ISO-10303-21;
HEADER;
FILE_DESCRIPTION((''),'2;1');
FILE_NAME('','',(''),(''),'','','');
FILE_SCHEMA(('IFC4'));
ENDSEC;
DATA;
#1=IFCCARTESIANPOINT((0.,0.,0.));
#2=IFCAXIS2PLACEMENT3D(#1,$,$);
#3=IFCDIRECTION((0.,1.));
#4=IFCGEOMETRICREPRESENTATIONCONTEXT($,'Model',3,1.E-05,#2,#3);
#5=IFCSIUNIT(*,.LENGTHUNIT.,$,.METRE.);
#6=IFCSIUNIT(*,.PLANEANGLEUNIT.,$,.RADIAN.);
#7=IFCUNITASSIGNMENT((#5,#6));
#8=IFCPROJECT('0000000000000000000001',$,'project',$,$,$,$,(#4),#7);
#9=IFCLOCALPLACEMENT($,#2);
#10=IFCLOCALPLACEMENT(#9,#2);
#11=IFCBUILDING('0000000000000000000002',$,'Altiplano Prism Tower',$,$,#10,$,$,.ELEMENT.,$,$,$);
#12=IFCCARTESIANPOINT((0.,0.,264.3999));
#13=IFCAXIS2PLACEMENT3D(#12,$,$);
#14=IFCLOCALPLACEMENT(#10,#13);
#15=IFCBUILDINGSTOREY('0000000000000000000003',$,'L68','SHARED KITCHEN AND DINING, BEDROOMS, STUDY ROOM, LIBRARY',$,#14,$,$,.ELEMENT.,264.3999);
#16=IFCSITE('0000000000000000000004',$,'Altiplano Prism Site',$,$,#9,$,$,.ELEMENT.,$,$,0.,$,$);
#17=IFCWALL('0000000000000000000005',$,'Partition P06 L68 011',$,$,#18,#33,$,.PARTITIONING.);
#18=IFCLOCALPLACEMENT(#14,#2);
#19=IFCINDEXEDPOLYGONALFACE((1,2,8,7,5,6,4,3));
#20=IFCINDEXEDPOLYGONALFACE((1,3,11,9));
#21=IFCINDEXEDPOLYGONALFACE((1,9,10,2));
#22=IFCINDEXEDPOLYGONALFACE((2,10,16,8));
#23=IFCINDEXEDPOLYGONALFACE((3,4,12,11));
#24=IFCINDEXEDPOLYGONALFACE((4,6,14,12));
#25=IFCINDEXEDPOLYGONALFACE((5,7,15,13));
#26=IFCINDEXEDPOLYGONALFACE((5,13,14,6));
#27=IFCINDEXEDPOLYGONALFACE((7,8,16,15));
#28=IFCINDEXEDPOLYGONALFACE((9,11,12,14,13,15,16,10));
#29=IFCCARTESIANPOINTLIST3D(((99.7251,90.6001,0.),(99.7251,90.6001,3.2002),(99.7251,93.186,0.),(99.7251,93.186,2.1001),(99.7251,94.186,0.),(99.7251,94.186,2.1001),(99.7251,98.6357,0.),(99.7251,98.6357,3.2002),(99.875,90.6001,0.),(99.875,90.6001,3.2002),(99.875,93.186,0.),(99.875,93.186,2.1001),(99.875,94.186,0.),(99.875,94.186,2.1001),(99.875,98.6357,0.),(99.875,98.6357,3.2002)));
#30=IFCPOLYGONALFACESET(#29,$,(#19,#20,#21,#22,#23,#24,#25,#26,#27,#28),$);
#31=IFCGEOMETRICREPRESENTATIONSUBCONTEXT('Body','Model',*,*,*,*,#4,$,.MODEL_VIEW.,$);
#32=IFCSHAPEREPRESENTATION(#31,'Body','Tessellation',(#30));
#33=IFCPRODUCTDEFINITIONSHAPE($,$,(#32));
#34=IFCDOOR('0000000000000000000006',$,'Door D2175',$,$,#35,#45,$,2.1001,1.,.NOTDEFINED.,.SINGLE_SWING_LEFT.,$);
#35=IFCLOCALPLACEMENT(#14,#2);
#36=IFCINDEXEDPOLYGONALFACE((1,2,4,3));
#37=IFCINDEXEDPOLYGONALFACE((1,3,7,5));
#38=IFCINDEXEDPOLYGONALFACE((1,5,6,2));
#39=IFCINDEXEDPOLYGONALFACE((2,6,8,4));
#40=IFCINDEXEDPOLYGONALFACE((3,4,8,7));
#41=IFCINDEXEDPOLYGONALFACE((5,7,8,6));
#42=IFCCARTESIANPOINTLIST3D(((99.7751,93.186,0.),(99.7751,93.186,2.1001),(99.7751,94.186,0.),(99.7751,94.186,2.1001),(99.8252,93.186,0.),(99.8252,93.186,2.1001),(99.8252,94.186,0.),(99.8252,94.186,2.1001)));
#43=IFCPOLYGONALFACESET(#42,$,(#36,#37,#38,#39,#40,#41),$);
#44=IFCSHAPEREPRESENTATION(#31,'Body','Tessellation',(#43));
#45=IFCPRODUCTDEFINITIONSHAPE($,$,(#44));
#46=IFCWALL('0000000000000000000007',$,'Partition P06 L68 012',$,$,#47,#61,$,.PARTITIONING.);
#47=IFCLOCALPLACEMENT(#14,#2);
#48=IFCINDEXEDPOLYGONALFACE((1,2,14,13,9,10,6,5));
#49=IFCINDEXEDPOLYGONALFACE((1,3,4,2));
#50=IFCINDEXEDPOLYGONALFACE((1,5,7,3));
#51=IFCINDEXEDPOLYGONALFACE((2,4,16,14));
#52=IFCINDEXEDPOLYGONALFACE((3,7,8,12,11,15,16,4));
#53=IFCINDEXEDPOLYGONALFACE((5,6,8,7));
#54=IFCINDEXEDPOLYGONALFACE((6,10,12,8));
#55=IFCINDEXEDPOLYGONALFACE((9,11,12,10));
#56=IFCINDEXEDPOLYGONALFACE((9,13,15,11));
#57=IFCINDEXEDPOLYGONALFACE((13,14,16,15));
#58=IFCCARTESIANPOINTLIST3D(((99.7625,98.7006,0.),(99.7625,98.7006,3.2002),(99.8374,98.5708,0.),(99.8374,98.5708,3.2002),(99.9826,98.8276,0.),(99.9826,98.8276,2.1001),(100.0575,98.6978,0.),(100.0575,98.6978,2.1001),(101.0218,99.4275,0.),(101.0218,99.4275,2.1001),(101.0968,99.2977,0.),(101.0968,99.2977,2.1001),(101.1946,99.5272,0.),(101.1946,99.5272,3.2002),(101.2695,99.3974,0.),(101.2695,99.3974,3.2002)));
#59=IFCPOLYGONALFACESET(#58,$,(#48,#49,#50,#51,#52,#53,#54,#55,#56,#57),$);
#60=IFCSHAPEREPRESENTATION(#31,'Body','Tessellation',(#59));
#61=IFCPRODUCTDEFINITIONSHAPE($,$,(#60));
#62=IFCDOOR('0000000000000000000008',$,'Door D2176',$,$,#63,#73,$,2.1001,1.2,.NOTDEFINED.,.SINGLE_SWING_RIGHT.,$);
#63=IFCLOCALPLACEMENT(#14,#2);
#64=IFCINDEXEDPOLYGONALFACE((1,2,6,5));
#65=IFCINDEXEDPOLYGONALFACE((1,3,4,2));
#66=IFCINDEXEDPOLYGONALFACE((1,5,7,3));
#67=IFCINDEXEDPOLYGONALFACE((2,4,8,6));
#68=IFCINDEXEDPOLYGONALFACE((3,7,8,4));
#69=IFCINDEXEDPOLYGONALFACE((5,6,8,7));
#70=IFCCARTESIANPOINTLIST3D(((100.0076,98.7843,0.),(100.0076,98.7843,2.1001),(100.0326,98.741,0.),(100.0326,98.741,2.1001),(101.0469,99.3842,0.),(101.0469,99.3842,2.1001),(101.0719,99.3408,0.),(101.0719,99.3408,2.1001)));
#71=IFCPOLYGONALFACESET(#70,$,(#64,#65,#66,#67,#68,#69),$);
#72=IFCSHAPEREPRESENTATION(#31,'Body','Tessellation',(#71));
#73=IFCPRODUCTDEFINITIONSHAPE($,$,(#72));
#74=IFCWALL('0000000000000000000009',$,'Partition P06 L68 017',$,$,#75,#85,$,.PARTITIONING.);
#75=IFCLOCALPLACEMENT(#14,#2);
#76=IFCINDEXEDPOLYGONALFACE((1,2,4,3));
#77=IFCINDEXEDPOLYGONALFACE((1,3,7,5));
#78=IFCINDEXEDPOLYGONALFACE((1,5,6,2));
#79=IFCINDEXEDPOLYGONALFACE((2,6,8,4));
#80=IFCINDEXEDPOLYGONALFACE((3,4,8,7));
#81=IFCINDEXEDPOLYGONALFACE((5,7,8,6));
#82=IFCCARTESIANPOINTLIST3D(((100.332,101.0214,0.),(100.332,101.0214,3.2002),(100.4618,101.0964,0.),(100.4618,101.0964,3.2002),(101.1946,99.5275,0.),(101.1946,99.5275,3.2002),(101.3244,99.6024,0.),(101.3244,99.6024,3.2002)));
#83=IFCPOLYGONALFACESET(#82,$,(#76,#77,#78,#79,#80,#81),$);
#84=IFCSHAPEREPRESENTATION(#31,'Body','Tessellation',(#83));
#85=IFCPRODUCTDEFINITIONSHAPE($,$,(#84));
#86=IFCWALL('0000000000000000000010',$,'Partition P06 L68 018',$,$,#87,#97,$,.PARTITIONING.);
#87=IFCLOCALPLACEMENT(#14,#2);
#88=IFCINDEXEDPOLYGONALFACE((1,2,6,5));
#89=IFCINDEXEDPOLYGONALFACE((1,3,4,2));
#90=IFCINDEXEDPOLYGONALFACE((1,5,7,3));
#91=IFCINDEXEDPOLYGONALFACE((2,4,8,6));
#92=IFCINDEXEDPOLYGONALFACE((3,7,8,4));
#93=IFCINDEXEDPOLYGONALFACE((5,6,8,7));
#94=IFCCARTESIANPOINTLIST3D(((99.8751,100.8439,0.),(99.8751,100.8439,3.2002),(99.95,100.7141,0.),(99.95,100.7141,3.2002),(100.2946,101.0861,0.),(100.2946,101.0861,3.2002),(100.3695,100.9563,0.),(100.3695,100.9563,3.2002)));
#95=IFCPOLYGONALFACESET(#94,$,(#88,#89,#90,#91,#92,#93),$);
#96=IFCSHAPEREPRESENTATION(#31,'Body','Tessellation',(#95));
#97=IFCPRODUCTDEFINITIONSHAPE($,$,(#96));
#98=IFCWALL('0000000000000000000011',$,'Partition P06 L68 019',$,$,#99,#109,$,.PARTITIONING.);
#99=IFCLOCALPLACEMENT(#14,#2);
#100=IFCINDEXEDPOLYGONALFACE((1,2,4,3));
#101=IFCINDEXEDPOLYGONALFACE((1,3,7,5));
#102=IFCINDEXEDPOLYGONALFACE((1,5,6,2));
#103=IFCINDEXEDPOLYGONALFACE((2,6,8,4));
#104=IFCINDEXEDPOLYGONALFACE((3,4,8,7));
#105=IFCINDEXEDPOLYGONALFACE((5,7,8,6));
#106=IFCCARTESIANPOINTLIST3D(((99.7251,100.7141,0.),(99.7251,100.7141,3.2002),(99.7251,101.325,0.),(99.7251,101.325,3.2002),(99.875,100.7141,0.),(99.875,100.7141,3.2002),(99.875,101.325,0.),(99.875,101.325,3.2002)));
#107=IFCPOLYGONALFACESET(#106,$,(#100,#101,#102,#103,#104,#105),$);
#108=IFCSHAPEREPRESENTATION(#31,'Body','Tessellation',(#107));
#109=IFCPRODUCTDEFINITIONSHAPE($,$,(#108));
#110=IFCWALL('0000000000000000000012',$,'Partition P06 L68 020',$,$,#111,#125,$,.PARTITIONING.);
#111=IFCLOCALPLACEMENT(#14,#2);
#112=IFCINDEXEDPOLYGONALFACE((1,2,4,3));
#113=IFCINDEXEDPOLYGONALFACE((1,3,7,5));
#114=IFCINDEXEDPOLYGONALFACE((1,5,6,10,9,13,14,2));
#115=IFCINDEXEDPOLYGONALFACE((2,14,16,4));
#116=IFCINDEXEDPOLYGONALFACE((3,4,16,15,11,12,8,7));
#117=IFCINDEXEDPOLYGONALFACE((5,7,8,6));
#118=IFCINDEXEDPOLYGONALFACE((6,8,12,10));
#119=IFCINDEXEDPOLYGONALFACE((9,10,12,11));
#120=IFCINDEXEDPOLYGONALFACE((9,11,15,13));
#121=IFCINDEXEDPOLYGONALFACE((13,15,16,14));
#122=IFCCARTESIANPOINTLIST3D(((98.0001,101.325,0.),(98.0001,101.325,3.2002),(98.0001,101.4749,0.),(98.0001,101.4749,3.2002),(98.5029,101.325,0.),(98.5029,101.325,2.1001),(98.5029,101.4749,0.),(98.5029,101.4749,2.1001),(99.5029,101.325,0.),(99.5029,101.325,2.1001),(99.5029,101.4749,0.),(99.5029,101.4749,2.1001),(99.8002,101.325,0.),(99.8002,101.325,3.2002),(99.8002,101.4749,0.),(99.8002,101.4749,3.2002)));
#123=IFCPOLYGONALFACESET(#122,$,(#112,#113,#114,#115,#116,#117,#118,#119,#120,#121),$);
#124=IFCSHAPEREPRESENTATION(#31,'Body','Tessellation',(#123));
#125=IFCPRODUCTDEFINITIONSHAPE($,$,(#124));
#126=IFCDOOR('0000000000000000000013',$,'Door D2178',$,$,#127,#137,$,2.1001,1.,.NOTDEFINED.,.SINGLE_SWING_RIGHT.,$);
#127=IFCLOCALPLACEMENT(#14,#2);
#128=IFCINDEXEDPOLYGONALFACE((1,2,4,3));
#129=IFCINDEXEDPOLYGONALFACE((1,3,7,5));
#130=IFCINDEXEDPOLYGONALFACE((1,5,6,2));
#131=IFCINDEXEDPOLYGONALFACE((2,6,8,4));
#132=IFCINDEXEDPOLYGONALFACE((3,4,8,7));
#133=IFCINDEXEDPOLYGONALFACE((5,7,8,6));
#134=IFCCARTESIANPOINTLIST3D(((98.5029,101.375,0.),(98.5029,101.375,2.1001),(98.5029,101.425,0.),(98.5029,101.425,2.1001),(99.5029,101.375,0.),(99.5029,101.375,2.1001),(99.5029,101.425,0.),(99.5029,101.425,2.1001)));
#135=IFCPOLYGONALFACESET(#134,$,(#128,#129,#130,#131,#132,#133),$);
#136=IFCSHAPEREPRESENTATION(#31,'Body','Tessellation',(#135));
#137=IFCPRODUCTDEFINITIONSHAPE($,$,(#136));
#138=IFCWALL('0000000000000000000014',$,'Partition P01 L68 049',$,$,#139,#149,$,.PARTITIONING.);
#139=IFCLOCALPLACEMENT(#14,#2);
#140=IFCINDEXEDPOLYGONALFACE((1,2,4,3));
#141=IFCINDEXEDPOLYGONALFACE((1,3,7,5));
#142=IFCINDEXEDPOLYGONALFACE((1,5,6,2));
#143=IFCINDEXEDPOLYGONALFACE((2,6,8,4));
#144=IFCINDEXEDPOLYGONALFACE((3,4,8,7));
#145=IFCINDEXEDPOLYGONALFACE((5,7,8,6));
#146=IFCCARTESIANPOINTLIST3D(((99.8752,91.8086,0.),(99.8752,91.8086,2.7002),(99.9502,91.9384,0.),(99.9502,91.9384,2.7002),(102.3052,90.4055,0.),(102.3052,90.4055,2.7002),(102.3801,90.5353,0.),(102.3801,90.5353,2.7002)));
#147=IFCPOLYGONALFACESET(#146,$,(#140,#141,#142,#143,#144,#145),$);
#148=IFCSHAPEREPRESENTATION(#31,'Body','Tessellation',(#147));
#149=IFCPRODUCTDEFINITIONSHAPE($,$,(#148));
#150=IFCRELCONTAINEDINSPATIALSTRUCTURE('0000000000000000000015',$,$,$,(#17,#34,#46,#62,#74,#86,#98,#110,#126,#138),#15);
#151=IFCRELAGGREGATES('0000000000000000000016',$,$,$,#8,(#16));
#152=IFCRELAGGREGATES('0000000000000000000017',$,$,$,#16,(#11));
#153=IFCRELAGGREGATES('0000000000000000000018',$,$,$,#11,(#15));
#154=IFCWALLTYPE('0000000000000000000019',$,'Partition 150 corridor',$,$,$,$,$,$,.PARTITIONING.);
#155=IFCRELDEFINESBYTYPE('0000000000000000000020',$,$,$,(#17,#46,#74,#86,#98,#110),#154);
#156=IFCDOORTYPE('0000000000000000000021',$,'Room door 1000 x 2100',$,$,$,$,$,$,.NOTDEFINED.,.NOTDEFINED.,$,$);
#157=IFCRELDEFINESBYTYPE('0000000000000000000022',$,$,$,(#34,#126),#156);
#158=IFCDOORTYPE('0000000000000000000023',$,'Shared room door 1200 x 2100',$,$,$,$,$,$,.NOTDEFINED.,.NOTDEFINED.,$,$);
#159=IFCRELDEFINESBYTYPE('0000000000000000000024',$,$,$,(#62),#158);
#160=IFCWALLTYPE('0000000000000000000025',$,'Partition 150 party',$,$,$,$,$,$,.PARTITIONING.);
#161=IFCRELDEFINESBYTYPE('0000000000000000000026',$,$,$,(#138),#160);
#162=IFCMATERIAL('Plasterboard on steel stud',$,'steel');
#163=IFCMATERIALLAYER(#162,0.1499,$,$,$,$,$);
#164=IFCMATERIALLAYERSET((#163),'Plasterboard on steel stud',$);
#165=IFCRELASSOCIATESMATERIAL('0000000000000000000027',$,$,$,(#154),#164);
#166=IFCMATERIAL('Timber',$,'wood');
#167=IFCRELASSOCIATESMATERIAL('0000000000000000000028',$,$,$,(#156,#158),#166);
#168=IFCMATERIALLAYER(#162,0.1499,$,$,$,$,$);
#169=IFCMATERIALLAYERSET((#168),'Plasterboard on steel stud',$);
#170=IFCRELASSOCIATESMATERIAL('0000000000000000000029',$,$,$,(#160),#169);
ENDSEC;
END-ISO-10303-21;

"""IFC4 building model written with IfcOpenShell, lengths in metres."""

from ifc_helpers import new_model, si_unit, direction, frame, frame_2d, origin, place, context, subcontext, project, spatial, rectangle, extrude, material, layer, layer_set, type_object, element, fill, save


model = new_model("IFC4")

# Units and contexts
model_context = context("Model", 3, precision=1e-05, world=origin(), true_north=direction((0.0, 1.0)))
body_context = subcontext(model_context, "Body", "Model", "MODEL_VIEW")
ifc_project = project(units=[si_unit("LENGTHUNIT", "METRE"), si_unit("PLANEANGLEUNIT", "RADIAN")], contexts=[model_context])

# Site, building, storey
site_placement = place(None, origin())
site = spatial("IfcSite", under=ifc_project, at=site_placement, Name="Altiplano Prism Site", CompositionType="ELEMENT", RefElevation=0.0)
building_placement = place(site_placement, origin())
building = spatial("IfcBuilding", under=site, at=building_placement, Name="Altiplano Prism Tower", CompositionType="ELEMENT")
storey_placement = place(building_placement, frame((0.0, 0.0, 264.3999)))
storey = spatial("IfcBuildingStorey", under=building, at=storey_placement, Name="L68", Description="SHARED KITCHEN AND DINING, BEDROOMS, STUDY ROOM, LIBRARY", CompositionType="ELEMENT", Elevation=264.3999)

# Shared definitions
ifc_material_1 = material(Name="Plasterboard on steel stud", Category="steel")
ifc_material_2 = material(Name="Timber", Category="wood")

# Walls, openings, doors
ifc_layer_1 = layer(ifc_material_1, 0.1499)
ifc_layer_set_1 = layer_set([ifc_layer_1], Name="Plasterboard on steel stud")
wall_type_1 = type_object("IfcWallType", Name="Partition 150 corridor", PredefinedType="PARTITIONING", material=ifc_layer_set_1)
wall_1_placement = place(storey_placement, frame((99.8, 90.6001, 0.0), z_axis=(0.0, 0.0, 1.0), x_axis=(0.0, 1.0, 0.0)))
wall_1 = element("IfcWall", 1, at=wall_1_placement, inside=storey, type_object=wall_type_1, Name="Partition P06 L68 011", PredefinedType="PARTITIONING", context=body_context, shape_type="SweptSolid", body=[
    extrude(rectangle(XDim=8.0356, YDim=0.1499, at=frame_2d((4.0178, 0.0))), origin(), (0.0, 0.0, 1.0), 3.2002),
])
opening_1_placement = place(wall_1_placement, frame((2.5859, 0.0, 0.0)))
opening_1 = element("IfcOpeningElement", 2, at=opening_1_placement, cuts=wall_1, PredefinedType="OPENING", context=body_context, shape_type="SweptSolid", body=[
    extrude(rectangle(XDim=1.0, YDim=2.1001, at=frame_2d((0.5, 1.05))), frame((0.0, 0.0854, 0.0), z_axis=(0.0, -1.0, 0.0), x_axis=(1.0, 0.0, 0.0)), (0.0, 0.0, 1.0), 0.1709),
])
door_type_1 = type_object("IfcDoorType", Name="Room door 1000 x 2100", OperationType="NOTDEFINED", PredefinedType="NOTDEFINED", material=ifc_material_2)
door_1_placement = place(opening_1_placement, origin())
door_1 = element("IfcDoor", 3, at=door_1_placement, inside=storey, type_object=door_type_1, Name="Door D2175", OperationType="SINGLE_SWING_LEFT", OverallHeight=2.1001, OverallWidth=1.0, PredefinedType="NOTDEFINED", context=body_context, shape_type="SweptSolid", body=[
    extrude(rectangle(XDim=1.0, YDim=2.1001, at=frame_2d((0.5, 1.05))), frame((0.0, 0.0249, 0.0), z_axis=(0.0, -1.0, 0.0), x_axis=(1.0, 0.0, 0.0)), (0.0, 0.0, 1.0), 0.05),
])
fill(opening_1, door_1)
wall_2_placement = place(storey_placement, frame((99.8, 98.6357, 0.0), z_axis=(0.0, 0.0, 1.0), x_axis=(0.866072, 0.499918, 0.0)))
wall_2 = element("IfcWall", 4, at=wall_2_placement, inside=storey, type_object=wall_type_1, Name="Partition P06 L68 012", PredefinedType="PARTITIONING", context=body_context, shape_type="SweptSolid", body=[
    extrude(rectangle(XDim=1.6536, YDim=0.1499, at=frame_2d((0.8267, 0.0))), origin(), (0.0, 0.0, 1.0), 3.2002),
])
opening_2_placement = place(wall_2_placement, frame((0.2539, 0.0, 0.0)))
opening_2 = element("IfcOpeningElement", 5, at=opening_2_placement, cuts=wall_2, PredefinedType="OPENING", context=body_context, shape_type="SweptSolid", body=[
    extrude(rectangle(XDim=1.2, YDim=2.1001, at=frame_2d((0.6001, 1.05))), frame((0.0, 0.0854, 0.0), z_axis=(0.0, -1.0, 0.0), x_axis=(1.0, 0.0, 0.0)), (0.0, 0.0, 1.0), 0.1709),
])
door_type_2 = type_object("IfcDoorType", Name="Shared room door 1200 x 2100", OperationType="NOTDEFINED", PredefinedType="NOTDEFINED", material=ifc_material_2)
door_2_placement = place(opening_2_placement, origin())
door_2 = element("IfcDoor", 6, at=door_2_placement, inside=storey, type_object=door_type_2, Name="Door D2176", OperationType="SINGLE_SWING_RIGHT", OverallHeight=2.1001, OverallWidth=1.2, PredefinedType="NOTDEFINED", context=body_context, shape_type="SweptSolid", body=[
    extrude(rectangle(XDim=1.2, YDim=2.1001, at=frame_2d((0.6001, 1.05))), frame((0.0, 0.0249, 0.0), z_axis=(0.0, -1.0, 0.0), x_axis=(1.0, 0.0, 0.0)), (0.0, 0.0, 1.0), 0.05),
])
fill(opening_2, door_2)

# Walls
wall_3_placement = place(storey_placement, frame((101.2595, 99.5649, 0.0), z_axis=(0.0, 0.0, 1.0), x_axis=(-0.500021, 0.866014, 0.0)))
element("IfcWall", 7, at=wall_3_placement, inside=storey, type_object=wall_type_1, Name="Partition P06 L68 017", PredefinedType="PARTITIONING", context=body_context, shape_type="SweptSolid", body=[
    extrude(rectangle(XDim=1.7251, YDim=0.1499, at=frame_2d((0.8625, 0.0))), origin(), (0.0, 0.0, 1.0), 3.2002),
])
wall_4_placement = place(storey_placement, frame((100.332, 101.0212, 0.0), z_axis=(0.0, 0.0, 1.0), x_axis=(-0.866001, -0.500042, 0.0)))
element("IfcWall", 8, at=wall_4_placement, inside=storey, type_object=wall_type_1, Name="Partition P06 L68 018", PredefinedType="PARTITIONING", context=body_context, shape_type="SweptSolid", body=[
    extrude(rectangle(XDim=0.4844, YDim=0.1499, at=frame_2d((0.2422, 0.0))), origin(), (0.0, 0.0, 1.0), 3.2002),
])
wall_5_placement = place(storey_placement, frame((99.8, 100.7141, 0.0), z_axis=(0.0, 0.0, 1.0), x_axis=(0.0, 1.0, 0.0)))
element("IfcWall", 9, at=wall_5_placement, inside=storey, type_object=wall_type_1, Name="Partition P06 L68 019", PredefinedType="PARTITIONING", context=body_context, shape_type="SweptSolid", body=[
    extrude(rectangle(XDim=0.6108, YDim=0.1499, at=frame_2d((0.3054, 0.0))), origin(), (0.0, 0.0, 1.0), 3.2002),
])

# Wall, opening, door
wall_6_placement = place(storey_placement, frame((99.8, 101.3999, 0.0), z_axis=(0.0, 0.0, 1.0), x_axis=(-1.0, 0.0, 0.0)))
wall_6 = element("IfcWall", 10, at=wall_6_placement, inside=storey, type_object=wall_type_1, Name="Partition P06 L68 020", PredefinedType="PARTITIONING", context=body_context, shape_type="SweptSolid", body=[
    extrude(rectangle(XDim=1.8, YDim=0.1499, at=frame_2d((0.8999, 0.0))), origin(), (0.0, 0.0, 1.0), 3.2002),
])
opening_3_placement = place(wall_6_placement, frame((0.2971, 0.0, 0.0)))
opening_3 = element("IfcOpeningElement", 11, at=opening_3_placement, cuts=wall_6, PredefinedType="OPENING", context=body_context, shape_type="SweptSolid", body=[
    extrude(rectangle(XDim=1.0, YDim=2.1001, at=frame_2d((0.5, 1.05))), frame((0.0, 0.0854, 0.0), z_axis=(0.0, -1.0, 0.0), x_axis=(1.0, 0.0, 0.0)), (0.0, 0.0, 1.0), 0.1709),
])
door_3_placement = place(opening_3_placement, origin())
door_3 = element("IfcDoor", 12, at=door_3_placement, inside=storey, type_object=door_type_1, Name="Door D2178", OperationType="SINGLE_SWING_RIGHT", OverallHeight=2.1001, OverallWidth=1.0, PredefinedType="NOTDEFINED", context=body_context, shape_type="SweptSolid", body=[
    extrude(rectangle(XDim=1.0, YDim=2.1001, at=frame_2d((0.5, 1.05))), frame((0.0, 0.0249, 0.0), z_axis=(0.0, -1.0, 0.0), x_axis=(1.0, 0.0, 0.0)), (0.0, 0.0, 1.0), 0.05),
])
fill(opening_3, door_3)

# Wall
ifc_layer_2 = layer(ifc_material_1, 0.1499)
ifc_layer_set_2 = layer_set([ifc_layer_2], Name="Plasterboard on steel stud")
wall_type_2 = type_object("IfcWallType", Name="Partition 150 party", PredefinedType="PARTITIONING", material=ifc_layer_set_2)
wall_7_placement = place(storey_placement, frame((102.3425, 90.4705, 0.0), z_axis=(0.0, 0.0, 1.0), x_axis=(-0.866002, 0.500041, 0.0)))
element("IfcWall", 13, at=wall_7_placement, inside=storey, type_object=wall_type_2, Name="Partition P01 L68 049", PredefinedType="PARTITIONING", context=body_context, shape_type="SweptSolid", body=[
    extrude(rectangle(XDim=2.8059, YDim=0.1499, at=frame_2d((1.4028, 0.0))), origin(), (0.0, 0.0, 1.0), 2.7002),
])

save(model, "model.ifc")
